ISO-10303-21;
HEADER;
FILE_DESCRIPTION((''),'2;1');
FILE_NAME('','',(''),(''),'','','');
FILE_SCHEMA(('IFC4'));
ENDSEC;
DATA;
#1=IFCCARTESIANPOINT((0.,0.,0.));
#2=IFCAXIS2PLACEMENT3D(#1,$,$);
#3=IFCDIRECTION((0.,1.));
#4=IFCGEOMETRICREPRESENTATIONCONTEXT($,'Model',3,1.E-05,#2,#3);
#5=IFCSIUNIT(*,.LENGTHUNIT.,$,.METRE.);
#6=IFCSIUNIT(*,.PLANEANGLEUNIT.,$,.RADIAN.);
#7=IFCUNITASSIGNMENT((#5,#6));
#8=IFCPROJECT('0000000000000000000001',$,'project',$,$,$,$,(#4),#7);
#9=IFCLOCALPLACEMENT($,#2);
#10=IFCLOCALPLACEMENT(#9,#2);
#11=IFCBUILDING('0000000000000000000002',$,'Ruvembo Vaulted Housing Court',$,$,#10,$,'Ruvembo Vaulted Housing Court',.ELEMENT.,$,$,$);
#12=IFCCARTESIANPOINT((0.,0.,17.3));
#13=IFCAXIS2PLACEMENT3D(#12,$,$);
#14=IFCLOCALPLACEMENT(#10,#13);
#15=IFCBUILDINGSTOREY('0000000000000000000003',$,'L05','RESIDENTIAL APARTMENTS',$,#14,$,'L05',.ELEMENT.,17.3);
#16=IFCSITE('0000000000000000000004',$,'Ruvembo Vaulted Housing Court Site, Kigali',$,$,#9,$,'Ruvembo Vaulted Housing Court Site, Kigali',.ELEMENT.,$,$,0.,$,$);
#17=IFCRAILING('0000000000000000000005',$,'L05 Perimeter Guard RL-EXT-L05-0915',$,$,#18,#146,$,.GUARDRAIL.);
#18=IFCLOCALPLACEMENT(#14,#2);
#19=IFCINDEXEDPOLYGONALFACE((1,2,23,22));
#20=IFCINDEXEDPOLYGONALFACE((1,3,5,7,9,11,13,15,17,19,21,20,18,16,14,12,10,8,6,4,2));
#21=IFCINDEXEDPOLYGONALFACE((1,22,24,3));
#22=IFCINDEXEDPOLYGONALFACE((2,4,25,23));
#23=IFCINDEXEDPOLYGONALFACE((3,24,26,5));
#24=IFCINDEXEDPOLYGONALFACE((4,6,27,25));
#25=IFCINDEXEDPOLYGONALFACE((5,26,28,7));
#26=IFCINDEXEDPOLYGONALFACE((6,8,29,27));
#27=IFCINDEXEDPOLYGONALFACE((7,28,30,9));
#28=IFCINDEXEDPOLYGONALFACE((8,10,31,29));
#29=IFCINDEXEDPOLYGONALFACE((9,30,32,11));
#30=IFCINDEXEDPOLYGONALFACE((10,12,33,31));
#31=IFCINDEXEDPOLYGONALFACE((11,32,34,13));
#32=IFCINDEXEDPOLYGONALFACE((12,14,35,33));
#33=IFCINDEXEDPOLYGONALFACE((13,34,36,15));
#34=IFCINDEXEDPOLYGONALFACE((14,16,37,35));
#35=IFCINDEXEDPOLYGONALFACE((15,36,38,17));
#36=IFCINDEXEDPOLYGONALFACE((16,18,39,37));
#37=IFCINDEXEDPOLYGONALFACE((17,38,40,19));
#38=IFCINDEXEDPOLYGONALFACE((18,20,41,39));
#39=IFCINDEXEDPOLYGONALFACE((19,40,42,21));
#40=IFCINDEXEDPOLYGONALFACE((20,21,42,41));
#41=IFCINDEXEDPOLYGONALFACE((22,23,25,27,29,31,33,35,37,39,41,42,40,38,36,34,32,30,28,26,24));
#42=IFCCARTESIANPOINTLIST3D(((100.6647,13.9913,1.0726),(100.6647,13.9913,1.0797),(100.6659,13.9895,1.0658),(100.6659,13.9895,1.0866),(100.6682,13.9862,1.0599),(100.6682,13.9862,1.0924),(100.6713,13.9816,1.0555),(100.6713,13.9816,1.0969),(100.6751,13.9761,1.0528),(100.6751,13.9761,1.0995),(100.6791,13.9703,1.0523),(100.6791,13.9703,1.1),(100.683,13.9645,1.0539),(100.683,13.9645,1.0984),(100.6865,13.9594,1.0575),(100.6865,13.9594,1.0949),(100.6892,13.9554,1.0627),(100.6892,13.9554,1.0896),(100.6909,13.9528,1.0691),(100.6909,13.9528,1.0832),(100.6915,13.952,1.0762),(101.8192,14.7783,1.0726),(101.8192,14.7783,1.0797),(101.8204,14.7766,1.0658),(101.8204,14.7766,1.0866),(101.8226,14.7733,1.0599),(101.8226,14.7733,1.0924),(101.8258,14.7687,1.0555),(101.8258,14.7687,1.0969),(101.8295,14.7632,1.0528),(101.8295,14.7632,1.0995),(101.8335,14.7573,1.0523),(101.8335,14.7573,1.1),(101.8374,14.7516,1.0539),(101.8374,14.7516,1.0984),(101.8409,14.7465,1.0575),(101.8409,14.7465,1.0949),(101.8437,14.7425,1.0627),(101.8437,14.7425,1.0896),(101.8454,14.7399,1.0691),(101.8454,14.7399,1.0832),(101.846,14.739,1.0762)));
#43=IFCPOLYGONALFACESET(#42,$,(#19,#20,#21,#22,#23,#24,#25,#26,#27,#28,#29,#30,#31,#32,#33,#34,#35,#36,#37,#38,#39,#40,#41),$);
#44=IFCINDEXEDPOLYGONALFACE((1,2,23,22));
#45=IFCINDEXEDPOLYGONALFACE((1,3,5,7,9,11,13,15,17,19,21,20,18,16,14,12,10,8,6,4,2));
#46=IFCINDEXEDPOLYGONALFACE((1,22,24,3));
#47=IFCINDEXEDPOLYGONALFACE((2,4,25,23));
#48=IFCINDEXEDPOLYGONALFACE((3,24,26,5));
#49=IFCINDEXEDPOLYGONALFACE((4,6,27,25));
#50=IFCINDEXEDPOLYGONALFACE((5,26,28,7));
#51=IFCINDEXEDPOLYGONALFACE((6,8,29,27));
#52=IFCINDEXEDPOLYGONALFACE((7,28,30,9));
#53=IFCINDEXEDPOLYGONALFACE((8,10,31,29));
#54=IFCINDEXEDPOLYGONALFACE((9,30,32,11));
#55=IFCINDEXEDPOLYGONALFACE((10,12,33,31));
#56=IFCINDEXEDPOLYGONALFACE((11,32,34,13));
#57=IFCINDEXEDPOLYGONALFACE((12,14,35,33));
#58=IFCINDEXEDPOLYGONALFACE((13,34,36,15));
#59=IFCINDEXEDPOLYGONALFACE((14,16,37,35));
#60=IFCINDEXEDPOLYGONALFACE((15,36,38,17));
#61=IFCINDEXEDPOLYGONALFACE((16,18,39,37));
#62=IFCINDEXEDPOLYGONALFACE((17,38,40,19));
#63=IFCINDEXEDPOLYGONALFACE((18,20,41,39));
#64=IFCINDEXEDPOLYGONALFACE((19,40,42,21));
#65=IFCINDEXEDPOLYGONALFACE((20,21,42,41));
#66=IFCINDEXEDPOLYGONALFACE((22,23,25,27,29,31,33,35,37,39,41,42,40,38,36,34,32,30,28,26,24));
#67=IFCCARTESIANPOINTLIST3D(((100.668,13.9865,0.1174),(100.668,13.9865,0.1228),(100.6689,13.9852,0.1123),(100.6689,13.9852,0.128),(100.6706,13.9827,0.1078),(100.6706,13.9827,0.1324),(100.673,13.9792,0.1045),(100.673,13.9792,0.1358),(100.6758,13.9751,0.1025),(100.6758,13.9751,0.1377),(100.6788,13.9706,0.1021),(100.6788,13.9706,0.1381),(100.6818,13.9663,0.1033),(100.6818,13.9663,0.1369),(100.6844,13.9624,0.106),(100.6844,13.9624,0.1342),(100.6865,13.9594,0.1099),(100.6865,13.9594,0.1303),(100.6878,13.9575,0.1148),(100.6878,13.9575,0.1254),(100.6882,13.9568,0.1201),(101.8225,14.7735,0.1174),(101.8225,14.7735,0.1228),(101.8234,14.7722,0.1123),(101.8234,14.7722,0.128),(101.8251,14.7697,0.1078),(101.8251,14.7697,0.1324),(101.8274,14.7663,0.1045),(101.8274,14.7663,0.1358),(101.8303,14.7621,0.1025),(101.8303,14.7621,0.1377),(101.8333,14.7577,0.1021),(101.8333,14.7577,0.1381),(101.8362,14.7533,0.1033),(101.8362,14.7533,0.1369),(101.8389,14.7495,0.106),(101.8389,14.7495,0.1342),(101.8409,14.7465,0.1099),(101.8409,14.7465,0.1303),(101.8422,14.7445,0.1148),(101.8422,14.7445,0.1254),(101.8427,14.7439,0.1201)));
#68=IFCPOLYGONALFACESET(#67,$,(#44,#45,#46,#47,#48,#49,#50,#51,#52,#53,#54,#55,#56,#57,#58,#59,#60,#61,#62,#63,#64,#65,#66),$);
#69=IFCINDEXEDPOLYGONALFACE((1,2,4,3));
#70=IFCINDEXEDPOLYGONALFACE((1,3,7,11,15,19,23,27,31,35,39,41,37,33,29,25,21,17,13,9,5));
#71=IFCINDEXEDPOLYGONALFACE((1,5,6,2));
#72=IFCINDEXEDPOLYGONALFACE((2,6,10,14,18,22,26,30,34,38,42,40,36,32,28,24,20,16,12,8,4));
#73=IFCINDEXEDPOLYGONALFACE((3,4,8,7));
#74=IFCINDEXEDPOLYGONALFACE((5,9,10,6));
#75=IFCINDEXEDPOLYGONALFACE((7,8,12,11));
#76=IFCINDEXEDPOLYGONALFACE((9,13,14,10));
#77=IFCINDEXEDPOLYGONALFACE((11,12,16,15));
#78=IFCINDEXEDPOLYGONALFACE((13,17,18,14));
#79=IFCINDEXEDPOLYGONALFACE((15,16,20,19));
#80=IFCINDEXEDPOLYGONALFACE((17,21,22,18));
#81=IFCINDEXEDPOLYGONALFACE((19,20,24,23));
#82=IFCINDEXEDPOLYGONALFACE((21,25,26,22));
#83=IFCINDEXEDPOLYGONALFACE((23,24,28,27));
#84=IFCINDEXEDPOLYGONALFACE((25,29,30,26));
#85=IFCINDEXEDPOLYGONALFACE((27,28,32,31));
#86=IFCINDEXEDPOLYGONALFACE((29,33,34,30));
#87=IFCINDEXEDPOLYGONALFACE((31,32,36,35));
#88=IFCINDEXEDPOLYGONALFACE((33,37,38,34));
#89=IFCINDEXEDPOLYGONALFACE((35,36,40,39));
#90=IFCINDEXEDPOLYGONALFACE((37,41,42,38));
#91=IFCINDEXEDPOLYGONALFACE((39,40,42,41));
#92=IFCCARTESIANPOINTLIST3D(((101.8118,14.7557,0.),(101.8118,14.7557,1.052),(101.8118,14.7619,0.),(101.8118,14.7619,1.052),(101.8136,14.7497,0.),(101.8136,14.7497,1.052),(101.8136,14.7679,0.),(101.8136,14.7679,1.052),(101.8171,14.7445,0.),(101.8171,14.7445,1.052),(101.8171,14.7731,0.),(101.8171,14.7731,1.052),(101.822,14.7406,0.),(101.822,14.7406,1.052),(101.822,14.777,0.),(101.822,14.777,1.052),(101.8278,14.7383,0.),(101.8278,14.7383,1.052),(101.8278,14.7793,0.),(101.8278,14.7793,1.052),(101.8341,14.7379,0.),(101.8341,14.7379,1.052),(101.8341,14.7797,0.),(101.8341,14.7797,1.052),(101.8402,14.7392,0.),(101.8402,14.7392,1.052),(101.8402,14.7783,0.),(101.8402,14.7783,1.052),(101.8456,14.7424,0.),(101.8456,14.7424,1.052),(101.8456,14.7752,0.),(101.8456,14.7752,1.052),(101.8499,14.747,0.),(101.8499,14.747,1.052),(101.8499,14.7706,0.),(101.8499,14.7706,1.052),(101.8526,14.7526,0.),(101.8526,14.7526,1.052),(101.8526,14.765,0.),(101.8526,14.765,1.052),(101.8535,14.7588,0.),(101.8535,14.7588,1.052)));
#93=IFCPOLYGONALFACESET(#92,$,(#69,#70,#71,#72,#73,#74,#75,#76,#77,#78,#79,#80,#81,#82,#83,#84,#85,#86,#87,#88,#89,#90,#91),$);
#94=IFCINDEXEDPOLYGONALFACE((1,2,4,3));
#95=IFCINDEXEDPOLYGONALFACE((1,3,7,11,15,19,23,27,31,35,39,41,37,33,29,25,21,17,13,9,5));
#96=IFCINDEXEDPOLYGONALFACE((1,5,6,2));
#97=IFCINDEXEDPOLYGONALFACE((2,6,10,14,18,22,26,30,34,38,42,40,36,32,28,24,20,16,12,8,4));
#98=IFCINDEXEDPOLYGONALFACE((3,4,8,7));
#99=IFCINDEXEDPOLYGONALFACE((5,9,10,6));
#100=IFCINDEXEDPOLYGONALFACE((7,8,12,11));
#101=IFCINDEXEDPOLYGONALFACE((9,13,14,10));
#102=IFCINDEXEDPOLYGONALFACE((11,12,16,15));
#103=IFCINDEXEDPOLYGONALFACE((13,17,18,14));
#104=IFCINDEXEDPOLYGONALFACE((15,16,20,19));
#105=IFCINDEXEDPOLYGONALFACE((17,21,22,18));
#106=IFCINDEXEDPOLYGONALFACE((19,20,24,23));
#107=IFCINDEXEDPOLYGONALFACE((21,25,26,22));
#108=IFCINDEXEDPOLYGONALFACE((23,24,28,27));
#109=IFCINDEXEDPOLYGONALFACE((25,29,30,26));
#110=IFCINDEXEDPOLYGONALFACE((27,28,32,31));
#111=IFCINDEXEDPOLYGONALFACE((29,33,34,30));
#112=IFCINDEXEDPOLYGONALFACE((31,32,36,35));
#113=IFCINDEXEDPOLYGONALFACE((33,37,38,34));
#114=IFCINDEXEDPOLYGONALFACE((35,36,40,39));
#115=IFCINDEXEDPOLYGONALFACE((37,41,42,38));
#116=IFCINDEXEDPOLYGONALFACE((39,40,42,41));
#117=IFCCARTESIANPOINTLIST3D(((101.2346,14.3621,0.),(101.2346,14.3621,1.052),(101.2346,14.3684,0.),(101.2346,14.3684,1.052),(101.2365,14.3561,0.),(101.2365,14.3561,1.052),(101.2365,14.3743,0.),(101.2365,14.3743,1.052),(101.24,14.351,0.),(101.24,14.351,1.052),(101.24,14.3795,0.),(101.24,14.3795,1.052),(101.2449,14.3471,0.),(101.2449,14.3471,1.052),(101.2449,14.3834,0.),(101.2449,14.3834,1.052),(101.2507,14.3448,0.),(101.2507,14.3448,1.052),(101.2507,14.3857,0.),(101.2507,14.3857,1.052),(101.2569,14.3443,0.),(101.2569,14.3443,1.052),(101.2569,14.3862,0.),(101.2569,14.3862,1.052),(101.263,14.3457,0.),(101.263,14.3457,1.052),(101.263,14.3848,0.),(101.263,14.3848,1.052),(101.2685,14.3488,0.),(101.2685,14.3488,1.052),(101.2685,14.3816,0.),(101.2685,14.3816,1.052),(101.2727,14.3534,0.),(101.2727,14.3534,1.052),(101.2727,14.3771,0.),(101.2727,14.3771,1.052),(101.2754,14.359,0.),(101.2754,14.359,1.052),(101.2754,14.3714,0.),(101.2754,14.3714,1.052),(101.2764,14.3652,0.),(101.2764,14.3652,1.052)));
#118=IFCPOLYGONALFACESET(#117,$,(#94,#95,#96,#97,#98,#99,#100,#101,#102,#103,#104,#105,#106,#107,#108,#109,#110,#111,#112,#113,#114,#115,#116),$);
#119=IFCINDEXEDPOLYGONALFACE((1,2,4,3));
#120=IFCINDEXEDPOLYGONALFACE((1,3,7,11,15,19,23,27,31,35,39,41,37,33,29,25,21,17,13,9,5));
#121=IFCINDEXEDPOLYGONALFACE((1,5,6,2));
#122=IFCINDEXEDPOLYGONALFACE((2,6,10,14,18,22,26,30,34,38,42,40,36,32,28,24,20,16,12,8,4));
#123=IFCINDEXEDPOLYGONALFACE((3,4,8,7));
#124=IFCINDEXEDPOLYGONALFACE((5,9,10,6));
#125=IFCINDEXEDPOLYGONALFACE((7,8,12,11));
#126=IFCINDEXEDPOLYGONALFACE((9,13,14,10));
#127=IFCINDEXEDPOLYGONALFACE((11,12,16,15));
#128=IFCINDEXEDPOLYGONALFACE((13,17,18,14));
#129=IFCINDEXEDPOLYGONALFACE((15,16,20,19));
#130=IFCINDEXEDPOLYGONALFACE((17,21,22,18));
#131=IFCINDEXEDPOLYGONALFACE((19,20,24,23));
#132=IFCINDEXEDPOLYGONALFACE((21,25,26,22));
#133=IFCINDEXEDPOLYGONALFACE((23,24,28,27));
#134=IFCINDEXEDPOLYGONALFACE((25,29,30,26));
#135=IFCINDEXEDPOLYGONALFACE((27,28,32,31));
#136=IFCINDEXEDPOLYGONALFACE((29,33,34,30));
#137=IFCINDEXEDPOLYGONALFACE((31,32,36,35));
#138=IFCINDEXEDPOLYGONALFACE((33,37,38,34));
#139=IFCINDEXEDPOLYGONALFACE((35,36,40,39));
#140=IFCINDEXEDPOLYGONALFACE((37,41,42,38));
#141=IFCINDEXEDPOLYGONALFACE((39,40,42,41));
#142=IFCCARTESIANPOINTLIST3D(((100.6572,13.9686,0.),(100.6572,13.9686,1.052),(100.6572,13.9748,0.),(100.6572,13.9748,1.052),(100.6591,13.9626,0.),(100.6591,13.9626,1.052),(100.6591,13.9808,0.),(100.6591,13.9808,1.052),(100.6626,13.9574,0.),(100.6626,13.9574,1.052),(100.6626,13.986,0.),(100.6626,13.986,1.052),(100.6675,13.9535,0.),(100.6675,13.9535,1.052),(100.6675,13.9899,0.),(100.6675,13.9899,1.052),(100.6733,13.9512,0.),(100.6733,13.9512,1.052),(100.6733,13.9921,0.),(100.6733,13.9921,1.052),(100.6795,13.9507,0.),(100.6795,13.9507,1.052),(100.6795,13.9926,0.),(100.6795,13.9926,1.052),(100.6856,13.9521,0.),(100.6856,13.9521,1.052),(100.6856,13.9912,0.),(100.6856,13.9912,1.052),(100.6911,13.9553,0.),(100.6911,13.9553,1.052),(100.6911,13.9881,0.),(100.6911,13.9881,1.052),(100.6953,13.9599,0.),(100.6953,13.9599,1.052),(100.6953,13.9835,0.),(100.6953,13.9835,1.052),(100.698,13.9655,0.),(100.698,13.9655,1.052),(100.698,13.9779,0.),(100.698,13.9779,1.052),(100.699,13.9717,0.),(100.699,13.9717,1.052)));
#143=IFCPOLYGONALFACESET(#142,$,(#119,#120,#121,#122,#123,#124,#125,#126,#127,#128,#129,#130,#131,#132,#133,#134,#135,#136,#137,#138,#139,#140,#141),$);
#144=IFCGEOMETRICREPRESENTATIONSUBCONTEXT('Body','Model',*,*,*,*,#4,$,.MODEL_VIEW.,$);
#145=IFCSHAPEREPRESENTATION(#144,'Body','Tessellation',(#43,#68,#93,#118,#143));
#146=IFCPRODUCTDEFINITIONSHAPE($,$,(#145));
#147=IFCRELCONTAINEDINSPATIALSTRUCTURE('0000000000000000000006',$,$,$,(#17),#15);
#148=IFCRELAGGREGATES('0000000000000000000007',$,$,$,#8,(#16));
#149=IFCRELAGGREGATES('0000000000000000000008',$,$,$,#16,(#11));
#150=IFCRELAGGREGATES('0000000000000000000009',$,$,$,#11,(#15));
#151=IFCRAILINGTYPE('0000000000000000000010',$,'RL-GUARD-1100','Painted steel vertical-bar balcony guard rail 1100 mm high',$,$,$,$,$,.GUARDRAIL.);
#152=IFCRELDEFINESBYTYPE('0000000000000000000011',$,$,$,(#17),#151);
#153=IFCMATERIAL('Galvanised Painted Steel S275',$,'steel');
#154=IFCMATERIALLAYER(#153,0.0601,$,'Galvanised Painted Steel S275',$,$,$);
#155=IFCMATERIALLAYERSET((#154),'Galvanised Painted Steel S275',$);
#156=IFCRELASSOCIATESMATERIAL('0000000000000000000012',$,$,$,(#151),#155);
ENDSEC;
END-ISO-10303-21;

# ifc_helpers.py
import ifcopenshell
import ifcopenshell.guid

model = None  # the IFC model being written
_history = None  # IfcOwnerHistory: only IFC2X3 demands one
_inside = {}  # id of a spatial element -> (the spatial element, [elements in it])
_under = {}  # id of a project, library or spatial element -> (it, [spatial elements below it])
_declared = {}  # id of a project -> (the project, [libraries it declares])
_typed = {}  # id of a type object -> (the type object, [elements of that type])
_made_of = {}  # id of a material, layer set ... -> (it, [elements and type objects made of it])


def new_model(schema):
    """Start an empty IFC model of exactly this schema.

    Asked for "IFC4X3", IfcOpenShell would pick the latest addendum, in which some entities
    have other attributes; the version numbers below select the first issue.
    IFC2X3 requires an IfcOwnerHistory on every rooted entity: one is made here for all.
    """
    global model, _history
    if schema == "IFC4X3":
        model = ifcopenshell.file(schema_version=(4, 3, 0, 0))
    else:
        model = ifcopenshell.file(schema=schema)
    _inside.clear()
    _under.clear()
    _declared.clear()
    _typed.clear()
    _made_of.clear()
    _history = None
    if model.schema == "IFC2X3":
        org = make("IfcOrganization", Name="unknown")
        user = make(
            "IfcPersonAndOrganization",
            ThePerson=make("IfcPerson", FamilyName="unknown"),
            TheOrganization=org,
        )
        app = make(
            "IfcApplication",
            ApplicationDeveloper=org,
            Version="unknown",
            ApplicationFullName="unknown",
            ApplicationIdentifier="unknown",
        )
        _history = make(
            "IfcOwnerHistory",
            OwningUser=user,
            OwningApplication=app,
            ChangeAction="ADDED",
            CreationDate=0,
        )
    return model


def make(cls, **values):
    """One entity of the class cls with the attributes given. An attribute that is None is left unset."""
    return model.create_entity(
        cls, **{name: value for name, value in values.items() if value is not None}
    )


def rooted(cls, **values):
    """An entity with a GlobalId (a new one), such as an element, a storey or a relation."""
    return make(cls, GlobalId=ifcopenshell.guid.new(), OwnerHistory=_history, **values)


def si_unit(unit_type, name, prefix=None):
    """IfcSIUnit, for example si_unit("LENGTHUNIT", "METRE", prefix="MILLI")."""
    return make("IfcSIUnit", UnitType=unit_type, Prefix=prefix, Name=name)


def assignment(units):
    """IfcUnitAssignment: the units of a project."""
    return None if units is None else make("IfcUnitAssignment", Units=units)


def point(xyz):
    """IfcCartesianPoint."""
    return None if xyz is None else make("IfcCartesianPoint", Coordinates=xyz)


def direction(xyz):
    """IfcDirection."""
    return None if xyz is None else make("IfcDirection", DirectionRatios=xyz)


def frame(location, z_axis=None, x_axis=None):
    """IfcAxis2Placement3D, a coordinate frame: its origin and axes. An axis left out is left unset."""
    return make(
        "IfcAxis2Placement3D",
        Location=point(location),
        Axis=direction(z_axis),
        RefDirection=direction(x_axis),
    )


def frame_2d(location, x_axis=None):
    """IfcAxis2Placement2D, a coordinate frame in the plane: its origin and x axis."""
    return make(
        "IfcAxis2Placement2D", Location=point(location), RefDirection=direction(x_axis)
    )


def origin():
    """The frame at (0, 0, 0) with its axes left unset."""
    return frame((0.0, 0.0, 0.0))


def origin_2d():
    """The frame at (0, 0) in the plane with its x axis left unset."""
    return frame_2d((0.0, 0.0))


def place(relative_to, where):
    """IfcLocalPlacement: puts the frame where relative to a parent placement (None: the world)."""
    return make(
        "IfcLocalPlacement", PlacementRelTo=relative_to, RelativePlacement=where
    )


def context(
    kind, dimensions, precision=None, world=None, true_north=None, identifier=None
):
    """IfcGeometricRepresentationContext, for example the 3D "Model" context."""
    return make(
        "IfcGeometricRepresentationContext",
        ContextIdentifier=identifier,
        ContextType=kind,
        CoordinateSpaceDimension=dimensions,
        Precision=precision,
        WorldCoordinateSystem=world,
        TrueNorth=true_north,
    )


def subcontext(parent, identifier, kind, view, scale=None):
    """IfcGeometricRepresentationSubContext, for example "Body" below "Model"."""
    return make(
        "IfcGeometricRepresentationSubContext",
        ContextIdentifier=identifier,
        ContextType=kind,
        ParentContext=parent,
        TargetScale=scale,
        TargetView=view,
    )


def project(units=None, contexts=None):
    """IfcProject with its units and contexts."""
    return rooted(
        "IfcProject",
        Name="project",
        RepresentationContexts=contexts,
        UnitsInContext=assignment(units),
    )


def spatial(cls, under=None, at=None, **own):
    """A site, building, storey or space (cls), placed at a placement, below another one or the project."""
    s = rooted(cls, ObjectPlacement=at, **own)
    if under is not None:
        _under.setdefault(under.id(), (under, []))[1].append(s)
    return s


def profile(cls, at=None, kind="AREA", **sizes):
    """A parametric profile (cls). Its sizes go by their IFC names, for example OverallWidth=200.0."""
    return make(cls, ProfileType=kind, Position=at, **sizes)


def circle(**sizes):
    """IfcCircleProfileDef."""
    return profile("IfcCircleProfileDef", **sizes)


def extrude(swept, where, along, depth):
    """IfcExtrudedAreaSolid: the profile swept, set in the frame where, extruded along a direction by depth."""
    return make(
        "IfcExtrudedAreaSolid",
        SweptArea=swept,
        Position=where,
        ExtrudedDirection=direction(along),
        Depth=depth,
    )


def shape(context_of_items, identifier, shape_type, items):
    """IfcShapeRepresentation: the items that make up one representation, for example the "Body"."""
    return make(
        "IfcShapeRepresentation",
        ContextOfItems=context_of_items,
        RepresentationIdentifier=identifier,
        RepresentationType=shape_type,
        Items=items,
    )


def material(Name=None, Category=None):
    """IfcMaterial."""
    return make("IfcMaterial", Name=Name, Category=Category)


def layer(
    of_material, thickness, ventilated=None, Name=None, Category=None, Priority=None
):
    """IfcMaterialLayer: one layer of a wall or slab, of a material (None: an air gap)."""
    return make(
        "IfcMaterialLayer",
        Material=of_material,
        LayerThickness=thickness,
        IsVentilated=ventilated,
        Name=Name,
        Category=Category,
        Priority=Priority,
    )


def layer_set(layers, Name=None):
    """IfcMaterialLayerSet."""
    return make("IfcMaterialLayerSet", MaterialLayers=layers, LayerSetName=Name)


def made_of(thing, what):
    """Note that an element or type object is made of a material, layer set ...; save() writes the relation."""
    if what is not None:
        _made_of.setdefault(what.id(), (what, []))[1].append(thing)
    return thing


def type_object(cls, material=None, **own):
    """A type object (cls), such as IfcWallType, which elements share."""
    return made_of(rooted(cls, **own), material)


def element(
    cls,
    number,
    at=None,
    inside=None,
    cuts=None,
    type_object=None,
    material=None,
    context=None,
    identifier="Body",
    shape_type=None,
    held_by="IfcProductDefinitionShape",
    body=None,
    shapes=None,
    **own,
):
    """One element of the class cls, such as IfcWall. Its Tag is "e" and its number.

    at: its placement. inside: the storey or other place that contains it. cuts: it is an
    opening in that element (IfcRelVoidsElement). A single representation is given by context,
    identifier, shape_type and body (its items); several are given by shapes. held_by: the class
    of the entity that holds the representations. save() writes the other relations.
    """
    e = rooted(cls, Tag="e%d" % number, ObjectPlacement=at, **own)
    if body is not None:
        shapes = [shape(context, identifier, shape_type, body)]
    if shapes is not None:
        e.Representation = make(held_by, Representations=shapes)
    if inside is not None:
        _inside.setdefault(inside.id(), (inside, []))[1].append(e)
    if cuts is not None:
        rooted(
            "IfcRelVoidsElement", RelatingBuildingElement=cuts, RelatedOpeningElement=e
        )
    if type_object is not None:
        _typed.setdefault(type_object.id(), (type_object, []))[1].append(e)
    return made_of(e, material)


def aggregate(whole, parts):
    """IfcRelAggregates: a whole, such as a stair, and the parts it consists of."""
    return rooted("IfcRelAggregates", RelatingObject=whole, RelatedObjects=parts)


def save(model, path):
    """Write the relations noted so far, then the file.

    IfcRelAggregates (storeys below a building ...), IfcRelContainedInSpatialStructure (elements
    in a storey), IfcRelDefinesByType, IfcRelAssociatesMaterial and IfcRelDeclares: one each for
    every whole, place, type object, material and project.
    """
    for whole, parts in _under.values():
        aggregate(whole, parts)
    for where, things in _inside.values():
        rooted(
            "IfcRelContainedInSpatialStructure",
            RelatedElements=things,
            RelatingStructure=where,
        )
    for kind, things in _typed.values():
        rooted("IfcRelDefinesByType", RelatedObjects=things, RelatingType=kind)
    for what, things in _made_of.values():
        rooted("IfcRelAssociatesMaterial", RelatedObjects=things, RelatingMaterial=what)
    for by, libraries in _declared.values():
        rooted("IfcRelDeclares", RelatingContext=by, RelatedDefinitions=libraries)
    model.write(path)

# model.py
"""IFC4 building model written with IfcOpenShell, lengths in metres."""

from ifc_helpers import new_model, si_unit, direction, frame, origin, origin_2d, place, context, subcontext, project, spatial, circle, extrude, material, layer, layer_set, type_object, element, save


model = new_model("IFC4")

# Units and contexts
model_context = context("Model", 3, precision=1e-05, world=origin(), true_north=direction((0.0, 1.0)))
body_context = subcontext(model_context, "Body", "Model", "MODEL_VIEW")
ifc_project = project(units=[si_unit("LENGTHUNIT", "METRE"), si_unit("PLANEANGLEUNIT", "RADIAN")], contexts=[model_context])

# Site, building, storey
site_placement = place(None, origin())
site = spatial("IfcSite", under=ifc_project, at=site_placement, Name="Ruvembo Vaulted Housing Court Site, Kigali", LongName="Ruvembo Vaulted Housing Court Site, Kigali", CompositionType="ELEMENT", RefElevation=0.0)
building_placement = place(site_placement, origin())
building = spatial("IfcBuilding", under=site, at=building_placement, Name="Ruvembo Vaulted Housing Court", LongName="Ruvembo Vaulted Housing Court", CompositionType="ELEMENT")
storey_placement = place(building_placement, frame((0.0, 0.0, 17.3)))
storey = spatial("IfcBuildingStorey", under=building, at=storey_placement, Name="L05", Description="RESIDENTIAL APARTMENTS", LongName="L05", CompositionType="ELEMENT", Elevation=17.3)

# Railing
ifc_material_1 = material(Name="Galvanised Painted Steel S275", Category="steel")
ifc_layer_1 = layer(ifc_material_1, 0.0601, Name="Galvanised Painted Steel S275")
ifc_layer_set_1 = layer_set([ifc_layer_1], Name="Galvanised Painted Steel S275")
railing_type_1 = type_object("IfcRailingType", Name="RL-GUARD-1100", Description="Painted steel vertical-bar balcony guard rail 1100 mm high", PredefinedType="GUARDRAIL", material=ifc_layer_set_1)
railing_1_placement = place(storey_placement, frame((101.8325, 14.7588, 0.0)))
element("IfcRailing", 1, at=railing_1_placement, inside=storey, type_object=railing_type_1, Name="L05 Perimeter Guard RL-EXT-L05-0915", PredefinedType="GUARDRAIL", context=body_context, shape_type="SweptSolid", body=[
    extrude(circle(Radius=0.0239, at=origin_2d()), frame((0.0, 0.0, 1.0762), z_axis=(-0.826253, -0.563299, 0.0), x_axis=(0.563299, -0.826253, 0.0)), (0.0, 0.0, 1.0), 1.3972),
    extrude(circle(Radius=0.0181, at=origin_2d()), frame((0.0, 0.0, 0.1201), z_axis=(-0.826253, -0.563299, 0.0), x_axis=(0.563299, -0.826253, 0.0)), (0.0, 0.0, 1.0), 1.3972),
    extrude(circle(Radius=0.021, at=origin_2d()), origin(), (0.0, 0.0, 1.0), 1.052),
    extrude(circle(Radius=0.021, at=origin_2d()), frame((-0.5771, -0.3936, 0.0)), (0.0, 0.0, 1.0), 1.052),
    extrude(circle(Radius=0.021, at=origin_2d()), frame((-1.1545, -0.7871, 0.0)), (0.0, 0.0, 1.0), 1.052),
])

save(model, "model.ifc")
